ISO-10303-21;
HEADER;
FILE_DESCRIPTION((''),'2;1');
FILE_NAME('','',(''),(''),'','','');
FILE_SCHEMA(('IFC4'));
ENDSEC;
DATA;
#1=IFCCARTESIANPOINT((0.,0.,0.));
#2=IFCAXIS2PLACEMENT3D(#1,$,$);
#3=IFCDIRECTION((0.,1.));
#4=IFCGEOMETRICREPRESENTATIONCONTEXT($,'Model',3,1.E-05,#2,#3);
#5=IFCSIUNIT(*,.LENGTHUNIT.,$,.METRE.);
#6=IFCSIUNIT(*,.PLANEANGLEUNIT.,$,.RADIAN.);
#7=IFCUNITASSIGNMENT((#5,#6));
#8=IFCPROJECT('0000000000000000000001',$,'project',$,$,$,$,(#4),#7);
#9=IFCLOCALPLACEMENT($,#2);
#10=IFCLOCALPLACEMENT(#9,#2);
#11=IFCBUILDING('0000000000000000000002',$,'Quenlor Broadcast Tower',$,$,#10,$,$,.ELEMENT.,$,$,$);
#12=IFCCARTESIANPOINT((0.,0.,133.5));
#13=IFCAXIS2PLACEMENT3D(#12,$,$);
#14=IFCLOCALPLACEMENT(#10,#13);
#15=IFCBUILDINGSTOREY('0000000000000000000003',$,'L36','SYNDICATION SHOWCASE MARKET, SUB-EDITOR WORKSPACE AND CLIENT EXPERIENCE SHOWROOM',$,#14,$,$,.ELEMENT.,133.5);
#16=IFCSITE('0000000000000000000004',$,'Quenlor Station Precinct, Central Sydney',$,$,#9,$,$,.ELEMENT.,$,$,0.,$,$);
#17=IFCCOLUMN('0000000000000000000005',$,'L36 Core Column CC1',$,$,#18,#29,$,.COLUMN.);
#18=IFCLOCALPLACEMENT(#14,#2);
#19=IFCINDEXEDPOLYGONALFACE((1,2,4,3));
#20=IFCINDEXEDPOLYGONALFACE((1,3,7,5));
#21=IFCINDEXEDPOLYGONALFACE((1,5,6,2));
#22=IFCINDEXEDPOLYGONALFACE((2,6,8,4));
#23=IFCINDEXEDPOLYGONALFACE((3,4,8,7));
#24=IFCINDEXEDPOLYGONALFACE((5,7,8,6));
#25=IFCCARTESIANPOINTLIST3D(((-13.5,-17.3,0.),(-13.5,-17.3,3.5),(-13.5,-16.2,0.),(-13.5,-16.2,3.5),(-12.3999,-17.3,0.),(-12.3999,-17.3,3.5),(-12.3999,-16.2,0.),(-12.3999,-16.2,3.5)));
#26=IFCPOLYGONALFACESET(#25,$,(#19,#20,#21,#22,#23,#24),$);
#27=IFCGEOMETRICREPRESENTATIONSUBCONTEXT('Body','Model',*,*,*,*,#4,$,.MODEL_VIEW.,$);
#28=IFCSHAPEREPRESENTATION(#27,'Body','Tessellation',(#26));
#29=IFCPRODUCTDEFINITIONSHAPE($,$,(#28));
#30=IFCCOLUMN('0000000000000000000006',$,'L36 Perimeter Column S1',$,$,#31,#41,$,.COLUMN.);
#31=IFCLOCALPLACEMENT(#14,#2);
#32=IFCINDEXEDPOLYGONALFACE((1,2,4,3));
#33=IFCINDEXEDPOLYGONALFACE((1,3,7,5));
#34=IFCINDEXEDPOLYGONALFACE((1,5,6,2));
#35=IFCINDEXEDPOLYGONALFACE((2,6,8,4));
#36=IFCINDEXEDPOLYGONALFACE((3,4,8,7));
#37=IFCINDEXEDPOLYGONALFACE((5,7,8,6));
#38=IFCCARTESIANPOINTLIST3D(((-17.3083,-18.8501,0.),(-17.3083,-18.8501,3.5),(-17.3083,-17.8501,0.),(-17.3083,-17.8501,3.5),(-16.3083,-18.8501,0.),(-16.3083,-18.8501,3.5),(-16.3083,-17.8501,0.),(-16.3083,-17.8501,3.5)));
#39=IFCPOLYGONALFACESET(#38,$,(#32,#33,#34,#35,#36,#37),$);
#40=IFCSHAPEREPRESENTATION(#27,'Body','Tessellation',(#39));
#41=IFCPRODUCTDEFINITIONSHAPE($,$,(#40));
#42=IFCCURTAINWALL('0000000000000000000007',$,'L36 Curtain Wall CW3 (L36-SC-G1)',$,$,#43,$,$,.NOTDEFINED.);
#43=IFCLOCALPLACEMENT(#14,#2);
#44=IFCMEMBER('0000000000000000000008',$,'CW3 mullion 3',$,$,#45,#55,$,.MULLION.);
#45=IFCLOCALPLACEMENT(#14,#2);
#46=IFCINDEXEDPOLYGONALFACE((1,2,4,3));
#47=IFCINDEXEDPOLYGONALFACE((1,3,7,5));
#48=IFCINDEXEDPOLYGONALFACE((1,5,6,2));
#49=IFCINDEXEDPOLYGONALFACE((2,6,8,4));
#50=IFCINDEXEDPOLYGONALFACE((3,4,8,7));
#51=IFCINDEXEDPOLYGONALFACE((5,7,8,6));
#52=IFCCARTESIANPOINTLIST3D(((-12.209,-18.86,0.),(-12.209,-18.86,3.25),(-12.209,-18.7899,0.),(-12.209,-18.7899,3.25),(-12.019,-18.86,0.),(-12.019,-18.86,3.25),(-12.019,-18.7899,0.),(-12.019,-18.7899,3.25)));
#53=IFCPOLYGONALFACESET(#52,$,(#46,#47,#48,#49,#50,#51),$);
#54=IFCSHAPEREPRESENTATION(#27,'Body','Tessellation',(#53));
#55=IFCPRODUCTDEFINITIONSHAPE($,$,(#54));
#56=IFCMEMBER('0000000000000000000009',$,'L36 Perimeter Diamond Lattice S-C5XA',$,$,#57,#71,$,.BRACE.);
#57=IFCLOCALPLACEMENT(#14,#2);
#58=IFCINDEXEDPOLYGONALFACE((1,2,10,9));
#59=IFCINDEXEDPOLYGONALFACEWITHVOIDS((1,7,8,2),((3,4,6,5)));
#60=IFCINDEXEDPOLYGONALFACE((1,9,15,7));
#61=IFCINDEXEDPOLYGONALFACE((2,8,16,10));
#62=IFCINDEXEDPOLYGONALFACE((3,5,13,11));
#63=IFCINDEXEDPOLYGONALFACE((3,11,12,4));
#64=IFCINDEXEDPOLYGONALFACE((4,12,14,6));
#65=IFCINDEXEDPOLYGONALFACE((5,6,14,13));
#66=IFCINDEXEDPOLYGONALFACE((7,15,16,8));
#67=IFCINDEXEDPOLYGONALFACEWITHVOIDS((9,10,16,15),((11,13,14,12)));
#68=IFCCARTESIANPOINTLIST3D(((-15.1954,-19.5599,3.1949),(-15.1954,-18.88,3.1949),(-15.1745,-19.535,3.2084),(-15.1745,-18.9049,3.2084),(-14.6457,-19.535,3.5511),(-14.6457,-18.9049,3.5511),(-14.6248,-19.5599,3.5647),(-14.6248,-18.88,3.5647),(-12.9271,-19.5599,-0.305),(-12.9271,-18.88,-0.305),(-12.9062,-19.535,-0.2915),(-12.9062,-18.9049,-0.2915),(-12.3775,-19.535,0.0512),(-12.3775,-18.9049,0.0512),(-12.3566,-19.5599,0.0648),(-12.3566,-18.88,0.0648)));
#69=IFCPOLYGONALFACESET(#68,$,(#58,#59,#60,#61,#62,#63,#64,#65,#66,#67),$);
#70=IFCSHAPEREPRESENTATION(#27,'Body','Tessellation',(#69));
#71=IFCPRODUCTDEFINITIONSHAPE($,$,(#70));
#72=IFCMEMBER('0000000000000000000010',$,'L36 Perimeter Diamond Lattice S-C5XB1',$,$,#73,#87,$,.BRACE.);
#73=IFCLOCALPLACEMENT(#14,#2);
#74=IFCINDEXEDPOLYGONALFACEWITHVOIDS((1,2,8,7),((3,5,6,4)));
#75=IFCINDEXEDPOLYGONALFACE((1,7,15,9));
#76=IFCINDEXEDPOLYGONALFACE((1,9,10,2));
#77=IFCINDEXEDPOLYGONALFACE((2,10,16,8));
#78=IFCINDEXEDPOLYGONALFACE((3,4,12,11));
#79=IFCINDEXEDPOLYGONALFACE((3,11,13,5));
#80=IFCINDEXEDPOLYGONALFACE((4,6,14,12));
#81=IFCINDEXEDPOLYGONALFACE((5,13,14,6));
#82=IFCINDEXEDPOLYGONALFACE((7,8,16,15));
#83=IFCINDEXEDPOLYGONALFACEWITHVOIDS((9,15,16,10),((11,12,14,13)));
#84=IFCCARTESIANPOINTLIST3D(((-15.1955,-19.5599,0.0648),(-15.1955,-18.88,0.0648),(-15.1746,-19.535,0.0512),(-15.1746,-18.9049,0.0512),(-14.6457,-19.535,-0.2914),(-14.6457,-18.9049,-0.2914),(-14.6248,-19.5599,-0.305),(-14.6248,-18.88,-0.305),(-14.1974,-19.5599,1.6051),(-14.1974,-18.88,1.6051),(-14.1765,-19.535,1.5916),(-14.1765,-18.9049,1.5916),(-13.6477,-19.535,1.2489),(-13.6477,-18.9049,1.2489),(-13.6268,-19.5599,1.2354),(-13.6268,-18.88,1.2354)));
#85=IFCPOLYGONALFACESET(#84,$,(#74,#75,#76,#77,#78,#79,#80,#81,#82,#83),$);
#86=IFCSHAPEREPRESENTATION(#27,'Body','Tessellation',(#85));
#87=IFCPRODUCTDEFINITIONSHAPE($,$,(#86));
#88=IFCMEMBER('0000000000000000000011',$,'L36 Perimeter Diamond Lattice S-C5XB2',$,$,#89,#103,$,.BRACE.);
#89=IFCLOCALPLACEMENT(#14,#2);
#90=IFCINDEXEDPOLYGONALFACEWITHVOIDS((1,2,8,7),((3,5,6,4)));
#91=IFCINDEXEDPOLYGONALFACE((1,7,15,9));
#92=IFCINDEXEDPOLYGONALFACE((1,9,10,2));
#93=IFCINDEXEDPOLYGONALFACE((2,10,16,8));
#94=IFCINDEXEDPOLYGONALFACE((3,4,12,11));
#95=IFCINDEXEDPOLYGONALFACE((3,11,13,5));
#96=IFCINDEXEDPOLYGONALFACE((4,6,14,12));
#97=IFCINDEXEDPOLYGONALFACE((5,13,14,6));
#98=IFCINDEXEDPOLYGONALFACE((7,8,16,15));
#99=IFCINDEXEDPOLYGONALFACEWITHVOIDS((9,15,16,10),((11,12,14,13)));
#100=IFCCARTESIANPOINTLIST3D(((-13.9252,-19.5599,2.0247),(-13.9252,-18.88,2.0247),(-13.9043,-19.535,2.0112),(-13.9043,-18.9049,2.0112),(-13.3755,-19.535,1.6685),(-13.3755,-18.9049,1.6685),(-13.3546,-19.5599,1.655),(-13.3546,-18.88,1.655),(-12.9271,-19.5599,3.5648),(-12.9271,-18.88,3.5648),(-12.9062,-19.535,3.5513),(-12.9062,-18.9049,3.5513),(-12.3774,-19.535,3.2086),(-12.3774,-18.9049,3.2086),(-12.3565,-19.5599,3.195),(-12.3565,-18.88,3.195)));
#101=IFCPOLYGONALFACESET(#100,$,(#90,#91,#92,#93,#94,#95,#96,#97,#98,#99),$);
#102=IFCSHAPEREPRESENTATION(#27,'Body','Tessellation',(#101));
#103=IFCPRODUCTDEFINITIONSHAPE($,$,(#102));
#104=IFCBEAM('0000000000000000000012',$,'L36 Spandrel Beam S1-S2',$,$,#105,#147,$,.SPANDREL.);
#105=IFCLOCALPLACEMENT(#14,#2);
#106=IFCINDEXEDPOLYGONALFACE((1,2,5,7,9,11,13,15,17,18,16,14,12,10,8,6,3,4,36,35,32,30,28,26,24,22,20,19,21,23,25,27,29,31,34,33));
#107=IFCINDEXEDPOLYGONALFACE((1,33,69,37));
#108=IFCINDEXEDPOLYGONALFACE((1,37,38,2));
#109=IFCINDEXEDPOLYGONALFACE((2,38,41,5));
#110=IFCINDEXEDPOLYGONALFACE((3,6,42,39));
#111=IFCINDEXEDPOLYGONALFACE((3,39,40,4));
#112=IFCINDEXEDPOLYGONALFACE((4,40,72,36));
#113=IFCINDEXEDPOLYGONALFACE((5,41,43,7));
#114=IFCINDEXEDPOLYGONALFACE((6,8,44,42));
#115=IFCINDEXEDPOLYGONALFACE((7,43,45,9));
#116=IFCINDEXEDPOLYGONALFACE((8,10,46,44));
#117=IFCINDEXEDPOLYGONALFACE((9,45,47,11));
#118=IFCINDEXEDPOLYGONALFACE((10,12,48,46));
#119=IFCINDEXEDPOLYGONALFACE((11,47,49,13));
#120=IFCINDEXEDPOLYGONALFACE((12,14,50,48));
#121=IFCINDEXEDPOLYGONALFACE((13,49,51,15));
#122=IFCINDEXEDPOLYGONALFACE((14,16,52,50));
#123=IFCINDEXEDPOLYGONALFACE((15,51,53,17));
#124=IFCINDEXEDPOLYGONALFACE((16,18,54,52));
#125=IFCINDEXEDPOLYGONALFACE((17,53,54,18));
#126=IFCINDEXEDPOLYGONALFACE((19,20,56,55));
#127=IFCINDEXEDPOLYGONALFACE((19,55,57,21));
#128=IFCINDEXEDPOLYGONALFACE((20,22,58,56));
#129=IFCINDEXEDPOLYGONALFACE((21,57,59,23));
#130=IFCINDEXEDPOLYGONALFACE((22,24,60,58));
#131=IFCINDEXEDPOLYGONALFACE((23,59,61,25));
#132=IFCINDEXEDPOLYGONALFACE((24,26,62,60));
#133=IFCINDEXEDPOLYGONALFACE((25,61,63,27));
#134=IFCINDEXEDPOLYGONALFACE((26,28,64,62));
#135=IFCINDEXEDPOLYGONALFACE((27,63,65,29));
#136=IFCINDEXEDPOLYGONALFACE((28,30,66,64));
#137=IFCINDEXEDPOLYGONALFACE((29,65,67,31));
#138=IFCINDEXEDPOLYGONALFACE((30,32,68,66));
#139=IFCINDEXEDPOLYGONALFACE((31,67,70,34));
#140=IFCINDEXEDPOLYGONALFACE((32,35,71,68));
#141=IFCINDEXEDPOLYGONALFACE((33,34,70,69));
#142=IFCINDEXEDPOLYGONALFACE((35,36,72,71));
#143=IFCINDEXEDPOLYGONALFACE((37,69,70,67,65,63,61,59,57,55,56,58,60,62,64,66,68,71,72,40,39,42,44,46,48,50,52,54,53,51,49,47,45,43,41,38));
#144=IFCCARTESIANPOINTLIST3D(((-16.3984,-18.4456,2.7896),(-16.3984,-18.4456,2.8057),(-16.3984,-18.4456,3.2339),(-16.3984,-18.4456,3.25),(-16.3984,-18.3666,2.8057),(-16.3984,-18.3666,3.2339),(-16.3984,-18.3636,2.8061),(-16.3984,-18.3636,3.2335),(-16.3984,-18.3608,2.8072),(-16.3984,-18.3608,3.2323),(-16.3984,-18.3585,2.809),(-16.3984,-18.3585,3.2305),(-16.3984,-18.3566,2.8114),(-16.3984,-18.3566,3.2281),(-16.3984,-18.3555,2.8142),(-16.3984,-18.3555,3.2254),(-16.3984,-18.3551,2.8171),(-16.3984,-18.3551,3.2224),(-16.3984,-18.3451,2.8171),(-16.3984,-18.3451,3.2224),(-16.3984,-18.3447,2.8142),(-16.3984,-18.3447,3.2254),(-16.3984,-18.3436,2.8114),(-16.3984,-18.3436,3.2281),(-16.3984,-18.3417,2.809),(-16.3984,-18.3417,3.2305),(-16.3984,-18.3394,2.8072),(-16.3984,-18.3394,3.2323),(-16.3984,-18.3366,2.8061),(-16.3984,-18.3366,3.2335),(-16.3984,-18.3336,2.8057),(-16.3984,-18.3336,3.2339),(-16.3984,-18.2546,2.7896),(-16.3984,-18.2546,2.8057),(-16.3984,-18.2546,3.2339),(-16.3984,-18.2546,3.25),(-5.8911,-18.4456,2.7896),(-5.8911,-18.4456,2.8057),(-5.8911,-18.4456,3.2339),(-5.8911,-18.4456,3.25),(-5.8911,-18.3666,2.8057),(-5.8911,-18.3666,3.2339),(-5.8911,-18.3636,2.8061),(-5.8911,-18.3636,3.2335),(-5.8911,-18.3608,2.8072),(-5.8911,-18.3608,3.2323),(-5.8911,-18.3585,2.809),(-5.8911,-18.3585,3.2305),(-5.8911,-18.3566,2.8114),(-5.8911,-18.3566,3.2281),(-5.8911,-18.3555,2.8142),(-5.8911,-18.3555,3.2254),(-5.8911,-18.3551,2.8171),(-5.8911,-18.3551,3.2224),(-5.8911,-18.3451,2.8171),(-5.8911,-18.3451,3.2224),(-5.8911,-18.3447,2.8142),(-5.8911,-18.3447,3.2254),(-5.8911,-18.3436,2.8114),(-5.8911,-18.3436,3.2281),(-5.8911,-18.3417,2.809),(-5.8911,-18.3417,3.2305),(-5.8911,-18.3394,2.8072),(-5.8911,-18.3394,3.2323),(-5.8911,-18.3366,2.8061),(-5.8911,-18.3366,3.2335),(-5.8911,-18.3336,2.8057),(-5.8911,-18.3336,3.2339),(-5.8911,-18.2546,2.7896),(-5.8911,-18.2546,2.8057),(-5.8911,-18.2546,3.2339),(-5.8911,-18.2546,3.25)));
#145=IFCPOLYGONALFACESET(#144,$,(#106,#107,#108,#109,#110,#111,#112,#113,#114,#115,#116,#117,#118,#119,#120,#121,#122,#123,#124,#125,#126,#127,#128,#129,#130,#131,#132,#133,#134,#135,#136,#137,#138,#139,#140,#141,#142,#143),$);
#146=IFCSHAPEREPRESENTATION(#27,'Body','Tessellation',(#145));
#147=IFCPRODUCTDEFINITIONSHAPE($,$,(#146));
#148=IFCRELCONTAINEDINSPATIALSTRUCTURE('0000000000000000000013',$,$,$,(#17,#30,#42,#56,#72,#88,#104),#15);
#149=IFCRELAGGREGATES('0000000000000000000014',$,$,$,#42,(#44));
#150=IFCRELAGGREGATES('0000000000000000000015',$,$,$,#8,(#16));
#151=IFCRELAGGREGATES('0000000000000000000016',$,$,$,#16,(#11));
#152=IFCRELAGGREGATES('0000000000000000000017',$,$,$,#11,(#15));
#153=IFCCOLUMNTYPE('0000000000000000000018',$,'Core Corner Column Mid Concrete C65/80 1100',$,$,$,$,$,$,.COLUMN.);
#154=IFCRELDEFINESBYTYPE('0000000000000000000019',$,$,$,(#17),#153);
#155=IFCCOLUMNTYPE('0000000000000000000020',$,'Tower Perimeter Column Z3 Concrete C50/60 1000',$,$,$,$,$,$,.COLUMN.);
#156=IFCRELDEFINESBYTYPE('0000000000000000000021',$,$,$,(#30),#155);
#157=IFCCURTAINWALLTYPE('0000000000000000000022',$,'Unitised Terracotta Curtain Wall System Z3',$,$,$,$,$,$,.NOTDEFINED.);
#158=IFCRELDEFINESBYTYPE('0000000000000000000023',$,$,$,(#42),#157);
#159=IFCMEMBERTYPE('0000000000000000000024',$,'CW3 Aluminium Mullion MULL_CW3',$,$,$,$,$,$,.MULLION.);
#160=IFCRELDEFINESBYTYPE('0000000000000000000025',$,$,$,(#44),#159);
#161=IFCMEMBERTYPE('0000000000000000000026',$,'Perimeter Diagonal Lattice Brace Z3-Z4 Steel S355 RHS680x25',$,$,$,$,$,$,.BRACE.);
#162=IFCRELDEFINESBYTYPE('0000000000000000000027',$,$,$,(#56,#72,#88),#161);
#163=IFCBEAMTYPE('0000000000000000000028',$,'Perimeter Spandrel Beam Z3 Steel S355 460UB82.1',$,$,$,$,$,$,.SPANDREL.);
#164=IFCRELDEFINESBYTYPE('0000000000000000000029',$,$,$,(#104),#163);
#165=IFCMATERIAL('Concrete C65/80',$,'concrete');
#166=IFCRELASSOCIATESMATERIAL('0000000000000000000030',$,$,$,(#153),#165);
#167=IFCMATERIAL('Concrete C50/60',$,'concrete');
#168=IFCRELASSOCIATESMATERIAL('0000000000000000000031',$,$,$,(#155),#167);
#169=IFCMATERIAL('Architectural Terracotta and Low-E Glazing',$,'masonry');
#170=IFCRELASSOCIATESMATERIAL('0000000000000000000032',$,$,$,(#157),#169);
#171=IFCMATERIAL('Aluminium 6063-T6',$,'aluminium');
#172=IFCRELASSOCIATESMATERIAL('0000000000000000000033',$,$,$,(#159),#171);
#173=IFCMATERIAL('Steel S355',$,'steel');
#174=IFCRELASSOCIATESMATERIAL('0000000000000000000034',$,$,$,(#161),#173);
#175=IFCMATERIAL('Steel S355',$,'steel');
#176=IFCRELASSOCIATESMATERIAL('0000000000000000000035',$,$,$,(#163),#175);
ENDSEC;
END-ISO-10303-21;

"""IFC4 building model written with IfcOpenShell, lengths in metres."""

from ifc_helpers import new_model, si_unit, direction, frame, origin, origin_2d, place, context, subcontext, project, spatial, rectangle, hollow_rectangle, i_section, extrude, material, material_profile, profile_set, type_object, element, aggregate, save


model = new_model("IFC4")

# Units and contexts
model_context = context("Model", 3, precision=1e-05, world=origin(), true_north=direction((0.0, 1.0)))
body_context = subcontext(model_context, "Body", "Model", "MODEL_VIEW")
ifc_project = project(units=[si_unit("LENGTHUNIT", "METRE"), si_unit("PLANEANGLEUNIT", "RADIAN")], contexts=[model_context])

# Site, building, storey
site_placement = place(None, origin())
site = spatial("IfcSite", under=ifc_project, at=site_placement, Name="Quenlor Station Precinct, Central Sydney", CompositionType="ELEMENT", RefElevation=0.0)
building_placement = place(site_placement, origin())
building = spatial("IfcBuilding", under=site, at=building_placement, Name="Quenlor Broadcast Tower", CompositionType="ELEMENT")
storey_placement = place(building_placement, frame((0.0, 0.0, 133.5)))
storey = spatial("IfcBuildingStorey", under=building, at=storey_placement, Name="L36", Description="SYNDICATION SHOWCASE MARKET, SUB-EDITOR WORKSPACE AND CLIENT EXPERIENCE SHOWROOM", CompositionType="ELEMENT", Elevation=133.5)

# Columns
ifc_material_1 = material(Name="Concrete C65/80", Category="concrete")
ifc_material_profile_1 = material_profile(ifc_material_1, rectangle(XDim=1.1001, YDim=1.1001, at=origin_2d()))
ifc_profile_set_1 = profile_set([ifc_material_profile_1], Name="Concrete C65/80 RC1100x1100")
column_type_1 = type_object("IfcColumnType", Name="Core Corner Column Mid Concrete C65/80 1100", PredefinedType="COLUMN", material=ifc_profile_set_1)
column_1_placement = place(storey_placement, frame((-12.95, -16.75, 0.0), z_axis=(0.0, 0.0, 1.0), x_axis=(1.0, 0.0, 0.0)))
element("IfcColumn", 1, at=column_1_placement, inside=storey, type_object=column_type_1, Name="L36 Core Column CC1", PredefinedType="COLUMN", context=body_context, shape_type="SweptSolid", body=[
    extrude(rectangle(XDim=1.1001, YDim=1.1001, at=origin_2d()), origin(), (0.0, 0.0, 1.0), 3.5),
])
ifc_material_2 = material(Name="Concrete C50/60", Category="concrete")
ifc_material_profile_2 = material_profile(ifc_material_2, rectangle(XDim=1.0, YDim=1.0, at=origin_2d()))
ifc_profile_set_2 = profile_set([ifc_material_profile_2], Name="Concrete C50/60 RC1000x1000")
column_type_2 = type_object("IfcColumnType", Name="Tower Perimeter Column Z3 Concrete C50/60 1000", PredefinedType="COLUMN", material=ifc_profile_set_2)
column_2_placement = place(storey_placement, frame((-16.8083, -18.3501, 0.0), z_axis=(0.0, 0.0, 1.0), x_axis=(0.0, 1.0, 0.0)))
element("IfcColumn", 2, at=column_2_placement, inside=storey, type_object=column_type_2, Name="L36 Perimeter Column S1", PredefinedType="COLUMN", context=body_context, shape_type="SweptSolid", body=[
    extrude(rectangle(XDim=1.0, YDim=1.0, at=origin_2d()), origin(), (0.0, 0.0, 1.0), 3.5),
])

# Curtain wall, member
ifc_material_3 = material(Name="Architectural Terracotta and Low-E Glazing", Category="masonry")
curtain_wall_type = type_object("IfcCurtainWallType", Name="Unitised Terracotta Curtain Wall System Z3", PredefinedType="NOTDEFINED", material=ifc_material_3)
curtain_wall_placement = place(storey_placement, origin())
curtain_wall = element("IfcCurtainWall", 3, at=curtain_wall_placement, inside=storey, type_object=curtain_wall_type, Name="L36 Curtain Wall CW3 (L36-SC-G1)", PredefinedType="NOTDEFINED")
ifc_material_4 = material(Name="Aluminium 6063-T6", Category="aluminium")
ifc_material_profile_3 = material_profile(ifc_material_4, rectangle(XDim=0.0701, YDim=0.1899, at=origin_2d()))
ifc_profile_set_3 = profile_set([ifc_material_profile_3], Name="Aluminium 6063-T6 MULL70x190")
member_type_1 = type_object("IfcMemberType", Name="CW3 Aluminium Mullion MULL_CW3", PredefinedType="MULLION", material=ifc_profile_set_3)
member_1_placement = place(storey_placement, frame((-12.114, -18.825, 0.0), z_axis=(0.0, 0.0, 1.0), x_axis=(0.0, -1.0, 0.0)))
member_1 = element("IfcMember", 4, at=member_1_placement, type_object=member_type_1, Name="CW3 mullion 3", PredefinedType="MULLION", context=body_context, shape_type="SweptSolid", body=[
    extrude(rectangle(XDim=0.0701, YDim=0.1899, at=origin_2d()), origin(), (0.0, 0.0, 1.0), 3.25),
])

# Members
ifc_material_5 = material(Name="Steel S355", Category="steel")
ifc_material_profile_4 = material_profile(ifc_material_5, hollow_rectangle(XDim=0.6799, YDim=0.6799, WallThickness=0.0249, at=origin_2d()))
ifc_profile_set_4 = profile_set([ifc_material_profile_4], Name="Steel S355 RHS680x680x25")
member_type_2 = type_object("IfcMemberType", Name="Perimeter Diagonal Lattice Brace Z3-Z4 Steel S355 RHS680x25", PredefinedType="BRACE", material=ifc_profile_set_4)
member_2_placement = place(storey_placement, frame((-12.6418, -19.22, -0.1201), z_axis=(-0.54386, 0.0, 0.839176), x_axis=(0.0, -1.0, 0.0)))
element("IfcMember", 5, at=member_2_placement, inside=storey, type_object=member_type_2, Name="L36 Perimeter Diamond Lattice S-C5XA", PredefinedType="BRACE", context=body_context, shape_type="SweptSolid", body=[
    extrude(hollow_rectangle(XDim=0.6799, YDim=0.6799, WallThickness=0.0249, at=origin_2d()), origin(), (0.0, 0.0, 1.0), 4.1707),
])
member_3_placement = place(storey_placement, frame((-14.9102, -19.22, -0.1201), z_axis=(0.543786, 0.0, 0.839224), x_axis=(0.0, 1.0, 0.0)))
element("IfcMember", 6, at=member_3_placement, inside=storey, type_object=member_type_2, Name="L36 Perimeter Diamond Lattice S-C5XB1", PredefinedType="BRACE", context=body_context, shape_type="SweptSolid", body=[
    extrude(hollow_rectangle(XDim=0.6799, YDim=0.6799, WallThickness=0.0249, at=origin_2d()), origin(), (0.0, 0.0, 1.0), 1.8354),
])
member_4_placement = place(storey_placement, frame((-13.6399, -19.22, 1.8398), z_axis=(0.543847, 0.0, 0.839184), x_axis=(0.0, 1.0, 0.0)))
element("IfcMember", 7, at=member_4_placement, inside=storey, type_object=member_type_2, Name="L36 Perimeter Diamond Lattice S-C5XB2", PredefinedType="BRACE", context=body_context, shape_type="SweptSolid", body=[
    extrude(hollow_rectangle(XDim=0.6799, YDim=0.6799, WallThickness=0.0249, at=origin_2d()), origin(), (0.0, 0.0, 1.0), 1.8352),
])

# Beam
ifc_material_6 = material(Name="Steel S355", Category="steel")
ifc_material_profile_5 = material_profile(ifc_material_6, i_section(OverallWidth=0.1909, OverallDepth=0.4604, WebThickness=0.01, FlangeThickness=0.0161, FilletRadius=0.0115, at=origin_2d()))
ifc_profile_set_5 = profile_set([ifc_material_profile_5], Name="Steel S355 460UB82.1")
beam_type_1 = type_object("IfcBeamType", Name="Perimeter Spandrel Beam Z3 Steel S355 460UB82.1", PredefinedType="SPANDREL", material=ifc_profile_set_5)
beam_1_placement = place(storey_placement, frame((-16.3984, -18.3501, 3.0198), z_axis=(1.0, 0.0, 0.0), x_axis=(0.0, 1.0, 0.0)))
element("IfcBeam", 8, at=beam_1_placement, inside=storey, type_object=beam_type_1, Name="L36 Spandrel Beam S1-S2", PredefinedType="SPANDREL", context=body_context, shape_type="SweptSolid", body=[
    extrude(i_section(OverallWidth=0.1909, OverallDepth=0.4604, WebThickness=0.01, FlangeThickness=0.0161, FilletRadius=0.0115, at=origin_2d()), origin(), (0.0, 0.0, 1.0), 10.5073),
])

aggregate(curtain_wall, [member_1])

save(model, "model.ifc")
